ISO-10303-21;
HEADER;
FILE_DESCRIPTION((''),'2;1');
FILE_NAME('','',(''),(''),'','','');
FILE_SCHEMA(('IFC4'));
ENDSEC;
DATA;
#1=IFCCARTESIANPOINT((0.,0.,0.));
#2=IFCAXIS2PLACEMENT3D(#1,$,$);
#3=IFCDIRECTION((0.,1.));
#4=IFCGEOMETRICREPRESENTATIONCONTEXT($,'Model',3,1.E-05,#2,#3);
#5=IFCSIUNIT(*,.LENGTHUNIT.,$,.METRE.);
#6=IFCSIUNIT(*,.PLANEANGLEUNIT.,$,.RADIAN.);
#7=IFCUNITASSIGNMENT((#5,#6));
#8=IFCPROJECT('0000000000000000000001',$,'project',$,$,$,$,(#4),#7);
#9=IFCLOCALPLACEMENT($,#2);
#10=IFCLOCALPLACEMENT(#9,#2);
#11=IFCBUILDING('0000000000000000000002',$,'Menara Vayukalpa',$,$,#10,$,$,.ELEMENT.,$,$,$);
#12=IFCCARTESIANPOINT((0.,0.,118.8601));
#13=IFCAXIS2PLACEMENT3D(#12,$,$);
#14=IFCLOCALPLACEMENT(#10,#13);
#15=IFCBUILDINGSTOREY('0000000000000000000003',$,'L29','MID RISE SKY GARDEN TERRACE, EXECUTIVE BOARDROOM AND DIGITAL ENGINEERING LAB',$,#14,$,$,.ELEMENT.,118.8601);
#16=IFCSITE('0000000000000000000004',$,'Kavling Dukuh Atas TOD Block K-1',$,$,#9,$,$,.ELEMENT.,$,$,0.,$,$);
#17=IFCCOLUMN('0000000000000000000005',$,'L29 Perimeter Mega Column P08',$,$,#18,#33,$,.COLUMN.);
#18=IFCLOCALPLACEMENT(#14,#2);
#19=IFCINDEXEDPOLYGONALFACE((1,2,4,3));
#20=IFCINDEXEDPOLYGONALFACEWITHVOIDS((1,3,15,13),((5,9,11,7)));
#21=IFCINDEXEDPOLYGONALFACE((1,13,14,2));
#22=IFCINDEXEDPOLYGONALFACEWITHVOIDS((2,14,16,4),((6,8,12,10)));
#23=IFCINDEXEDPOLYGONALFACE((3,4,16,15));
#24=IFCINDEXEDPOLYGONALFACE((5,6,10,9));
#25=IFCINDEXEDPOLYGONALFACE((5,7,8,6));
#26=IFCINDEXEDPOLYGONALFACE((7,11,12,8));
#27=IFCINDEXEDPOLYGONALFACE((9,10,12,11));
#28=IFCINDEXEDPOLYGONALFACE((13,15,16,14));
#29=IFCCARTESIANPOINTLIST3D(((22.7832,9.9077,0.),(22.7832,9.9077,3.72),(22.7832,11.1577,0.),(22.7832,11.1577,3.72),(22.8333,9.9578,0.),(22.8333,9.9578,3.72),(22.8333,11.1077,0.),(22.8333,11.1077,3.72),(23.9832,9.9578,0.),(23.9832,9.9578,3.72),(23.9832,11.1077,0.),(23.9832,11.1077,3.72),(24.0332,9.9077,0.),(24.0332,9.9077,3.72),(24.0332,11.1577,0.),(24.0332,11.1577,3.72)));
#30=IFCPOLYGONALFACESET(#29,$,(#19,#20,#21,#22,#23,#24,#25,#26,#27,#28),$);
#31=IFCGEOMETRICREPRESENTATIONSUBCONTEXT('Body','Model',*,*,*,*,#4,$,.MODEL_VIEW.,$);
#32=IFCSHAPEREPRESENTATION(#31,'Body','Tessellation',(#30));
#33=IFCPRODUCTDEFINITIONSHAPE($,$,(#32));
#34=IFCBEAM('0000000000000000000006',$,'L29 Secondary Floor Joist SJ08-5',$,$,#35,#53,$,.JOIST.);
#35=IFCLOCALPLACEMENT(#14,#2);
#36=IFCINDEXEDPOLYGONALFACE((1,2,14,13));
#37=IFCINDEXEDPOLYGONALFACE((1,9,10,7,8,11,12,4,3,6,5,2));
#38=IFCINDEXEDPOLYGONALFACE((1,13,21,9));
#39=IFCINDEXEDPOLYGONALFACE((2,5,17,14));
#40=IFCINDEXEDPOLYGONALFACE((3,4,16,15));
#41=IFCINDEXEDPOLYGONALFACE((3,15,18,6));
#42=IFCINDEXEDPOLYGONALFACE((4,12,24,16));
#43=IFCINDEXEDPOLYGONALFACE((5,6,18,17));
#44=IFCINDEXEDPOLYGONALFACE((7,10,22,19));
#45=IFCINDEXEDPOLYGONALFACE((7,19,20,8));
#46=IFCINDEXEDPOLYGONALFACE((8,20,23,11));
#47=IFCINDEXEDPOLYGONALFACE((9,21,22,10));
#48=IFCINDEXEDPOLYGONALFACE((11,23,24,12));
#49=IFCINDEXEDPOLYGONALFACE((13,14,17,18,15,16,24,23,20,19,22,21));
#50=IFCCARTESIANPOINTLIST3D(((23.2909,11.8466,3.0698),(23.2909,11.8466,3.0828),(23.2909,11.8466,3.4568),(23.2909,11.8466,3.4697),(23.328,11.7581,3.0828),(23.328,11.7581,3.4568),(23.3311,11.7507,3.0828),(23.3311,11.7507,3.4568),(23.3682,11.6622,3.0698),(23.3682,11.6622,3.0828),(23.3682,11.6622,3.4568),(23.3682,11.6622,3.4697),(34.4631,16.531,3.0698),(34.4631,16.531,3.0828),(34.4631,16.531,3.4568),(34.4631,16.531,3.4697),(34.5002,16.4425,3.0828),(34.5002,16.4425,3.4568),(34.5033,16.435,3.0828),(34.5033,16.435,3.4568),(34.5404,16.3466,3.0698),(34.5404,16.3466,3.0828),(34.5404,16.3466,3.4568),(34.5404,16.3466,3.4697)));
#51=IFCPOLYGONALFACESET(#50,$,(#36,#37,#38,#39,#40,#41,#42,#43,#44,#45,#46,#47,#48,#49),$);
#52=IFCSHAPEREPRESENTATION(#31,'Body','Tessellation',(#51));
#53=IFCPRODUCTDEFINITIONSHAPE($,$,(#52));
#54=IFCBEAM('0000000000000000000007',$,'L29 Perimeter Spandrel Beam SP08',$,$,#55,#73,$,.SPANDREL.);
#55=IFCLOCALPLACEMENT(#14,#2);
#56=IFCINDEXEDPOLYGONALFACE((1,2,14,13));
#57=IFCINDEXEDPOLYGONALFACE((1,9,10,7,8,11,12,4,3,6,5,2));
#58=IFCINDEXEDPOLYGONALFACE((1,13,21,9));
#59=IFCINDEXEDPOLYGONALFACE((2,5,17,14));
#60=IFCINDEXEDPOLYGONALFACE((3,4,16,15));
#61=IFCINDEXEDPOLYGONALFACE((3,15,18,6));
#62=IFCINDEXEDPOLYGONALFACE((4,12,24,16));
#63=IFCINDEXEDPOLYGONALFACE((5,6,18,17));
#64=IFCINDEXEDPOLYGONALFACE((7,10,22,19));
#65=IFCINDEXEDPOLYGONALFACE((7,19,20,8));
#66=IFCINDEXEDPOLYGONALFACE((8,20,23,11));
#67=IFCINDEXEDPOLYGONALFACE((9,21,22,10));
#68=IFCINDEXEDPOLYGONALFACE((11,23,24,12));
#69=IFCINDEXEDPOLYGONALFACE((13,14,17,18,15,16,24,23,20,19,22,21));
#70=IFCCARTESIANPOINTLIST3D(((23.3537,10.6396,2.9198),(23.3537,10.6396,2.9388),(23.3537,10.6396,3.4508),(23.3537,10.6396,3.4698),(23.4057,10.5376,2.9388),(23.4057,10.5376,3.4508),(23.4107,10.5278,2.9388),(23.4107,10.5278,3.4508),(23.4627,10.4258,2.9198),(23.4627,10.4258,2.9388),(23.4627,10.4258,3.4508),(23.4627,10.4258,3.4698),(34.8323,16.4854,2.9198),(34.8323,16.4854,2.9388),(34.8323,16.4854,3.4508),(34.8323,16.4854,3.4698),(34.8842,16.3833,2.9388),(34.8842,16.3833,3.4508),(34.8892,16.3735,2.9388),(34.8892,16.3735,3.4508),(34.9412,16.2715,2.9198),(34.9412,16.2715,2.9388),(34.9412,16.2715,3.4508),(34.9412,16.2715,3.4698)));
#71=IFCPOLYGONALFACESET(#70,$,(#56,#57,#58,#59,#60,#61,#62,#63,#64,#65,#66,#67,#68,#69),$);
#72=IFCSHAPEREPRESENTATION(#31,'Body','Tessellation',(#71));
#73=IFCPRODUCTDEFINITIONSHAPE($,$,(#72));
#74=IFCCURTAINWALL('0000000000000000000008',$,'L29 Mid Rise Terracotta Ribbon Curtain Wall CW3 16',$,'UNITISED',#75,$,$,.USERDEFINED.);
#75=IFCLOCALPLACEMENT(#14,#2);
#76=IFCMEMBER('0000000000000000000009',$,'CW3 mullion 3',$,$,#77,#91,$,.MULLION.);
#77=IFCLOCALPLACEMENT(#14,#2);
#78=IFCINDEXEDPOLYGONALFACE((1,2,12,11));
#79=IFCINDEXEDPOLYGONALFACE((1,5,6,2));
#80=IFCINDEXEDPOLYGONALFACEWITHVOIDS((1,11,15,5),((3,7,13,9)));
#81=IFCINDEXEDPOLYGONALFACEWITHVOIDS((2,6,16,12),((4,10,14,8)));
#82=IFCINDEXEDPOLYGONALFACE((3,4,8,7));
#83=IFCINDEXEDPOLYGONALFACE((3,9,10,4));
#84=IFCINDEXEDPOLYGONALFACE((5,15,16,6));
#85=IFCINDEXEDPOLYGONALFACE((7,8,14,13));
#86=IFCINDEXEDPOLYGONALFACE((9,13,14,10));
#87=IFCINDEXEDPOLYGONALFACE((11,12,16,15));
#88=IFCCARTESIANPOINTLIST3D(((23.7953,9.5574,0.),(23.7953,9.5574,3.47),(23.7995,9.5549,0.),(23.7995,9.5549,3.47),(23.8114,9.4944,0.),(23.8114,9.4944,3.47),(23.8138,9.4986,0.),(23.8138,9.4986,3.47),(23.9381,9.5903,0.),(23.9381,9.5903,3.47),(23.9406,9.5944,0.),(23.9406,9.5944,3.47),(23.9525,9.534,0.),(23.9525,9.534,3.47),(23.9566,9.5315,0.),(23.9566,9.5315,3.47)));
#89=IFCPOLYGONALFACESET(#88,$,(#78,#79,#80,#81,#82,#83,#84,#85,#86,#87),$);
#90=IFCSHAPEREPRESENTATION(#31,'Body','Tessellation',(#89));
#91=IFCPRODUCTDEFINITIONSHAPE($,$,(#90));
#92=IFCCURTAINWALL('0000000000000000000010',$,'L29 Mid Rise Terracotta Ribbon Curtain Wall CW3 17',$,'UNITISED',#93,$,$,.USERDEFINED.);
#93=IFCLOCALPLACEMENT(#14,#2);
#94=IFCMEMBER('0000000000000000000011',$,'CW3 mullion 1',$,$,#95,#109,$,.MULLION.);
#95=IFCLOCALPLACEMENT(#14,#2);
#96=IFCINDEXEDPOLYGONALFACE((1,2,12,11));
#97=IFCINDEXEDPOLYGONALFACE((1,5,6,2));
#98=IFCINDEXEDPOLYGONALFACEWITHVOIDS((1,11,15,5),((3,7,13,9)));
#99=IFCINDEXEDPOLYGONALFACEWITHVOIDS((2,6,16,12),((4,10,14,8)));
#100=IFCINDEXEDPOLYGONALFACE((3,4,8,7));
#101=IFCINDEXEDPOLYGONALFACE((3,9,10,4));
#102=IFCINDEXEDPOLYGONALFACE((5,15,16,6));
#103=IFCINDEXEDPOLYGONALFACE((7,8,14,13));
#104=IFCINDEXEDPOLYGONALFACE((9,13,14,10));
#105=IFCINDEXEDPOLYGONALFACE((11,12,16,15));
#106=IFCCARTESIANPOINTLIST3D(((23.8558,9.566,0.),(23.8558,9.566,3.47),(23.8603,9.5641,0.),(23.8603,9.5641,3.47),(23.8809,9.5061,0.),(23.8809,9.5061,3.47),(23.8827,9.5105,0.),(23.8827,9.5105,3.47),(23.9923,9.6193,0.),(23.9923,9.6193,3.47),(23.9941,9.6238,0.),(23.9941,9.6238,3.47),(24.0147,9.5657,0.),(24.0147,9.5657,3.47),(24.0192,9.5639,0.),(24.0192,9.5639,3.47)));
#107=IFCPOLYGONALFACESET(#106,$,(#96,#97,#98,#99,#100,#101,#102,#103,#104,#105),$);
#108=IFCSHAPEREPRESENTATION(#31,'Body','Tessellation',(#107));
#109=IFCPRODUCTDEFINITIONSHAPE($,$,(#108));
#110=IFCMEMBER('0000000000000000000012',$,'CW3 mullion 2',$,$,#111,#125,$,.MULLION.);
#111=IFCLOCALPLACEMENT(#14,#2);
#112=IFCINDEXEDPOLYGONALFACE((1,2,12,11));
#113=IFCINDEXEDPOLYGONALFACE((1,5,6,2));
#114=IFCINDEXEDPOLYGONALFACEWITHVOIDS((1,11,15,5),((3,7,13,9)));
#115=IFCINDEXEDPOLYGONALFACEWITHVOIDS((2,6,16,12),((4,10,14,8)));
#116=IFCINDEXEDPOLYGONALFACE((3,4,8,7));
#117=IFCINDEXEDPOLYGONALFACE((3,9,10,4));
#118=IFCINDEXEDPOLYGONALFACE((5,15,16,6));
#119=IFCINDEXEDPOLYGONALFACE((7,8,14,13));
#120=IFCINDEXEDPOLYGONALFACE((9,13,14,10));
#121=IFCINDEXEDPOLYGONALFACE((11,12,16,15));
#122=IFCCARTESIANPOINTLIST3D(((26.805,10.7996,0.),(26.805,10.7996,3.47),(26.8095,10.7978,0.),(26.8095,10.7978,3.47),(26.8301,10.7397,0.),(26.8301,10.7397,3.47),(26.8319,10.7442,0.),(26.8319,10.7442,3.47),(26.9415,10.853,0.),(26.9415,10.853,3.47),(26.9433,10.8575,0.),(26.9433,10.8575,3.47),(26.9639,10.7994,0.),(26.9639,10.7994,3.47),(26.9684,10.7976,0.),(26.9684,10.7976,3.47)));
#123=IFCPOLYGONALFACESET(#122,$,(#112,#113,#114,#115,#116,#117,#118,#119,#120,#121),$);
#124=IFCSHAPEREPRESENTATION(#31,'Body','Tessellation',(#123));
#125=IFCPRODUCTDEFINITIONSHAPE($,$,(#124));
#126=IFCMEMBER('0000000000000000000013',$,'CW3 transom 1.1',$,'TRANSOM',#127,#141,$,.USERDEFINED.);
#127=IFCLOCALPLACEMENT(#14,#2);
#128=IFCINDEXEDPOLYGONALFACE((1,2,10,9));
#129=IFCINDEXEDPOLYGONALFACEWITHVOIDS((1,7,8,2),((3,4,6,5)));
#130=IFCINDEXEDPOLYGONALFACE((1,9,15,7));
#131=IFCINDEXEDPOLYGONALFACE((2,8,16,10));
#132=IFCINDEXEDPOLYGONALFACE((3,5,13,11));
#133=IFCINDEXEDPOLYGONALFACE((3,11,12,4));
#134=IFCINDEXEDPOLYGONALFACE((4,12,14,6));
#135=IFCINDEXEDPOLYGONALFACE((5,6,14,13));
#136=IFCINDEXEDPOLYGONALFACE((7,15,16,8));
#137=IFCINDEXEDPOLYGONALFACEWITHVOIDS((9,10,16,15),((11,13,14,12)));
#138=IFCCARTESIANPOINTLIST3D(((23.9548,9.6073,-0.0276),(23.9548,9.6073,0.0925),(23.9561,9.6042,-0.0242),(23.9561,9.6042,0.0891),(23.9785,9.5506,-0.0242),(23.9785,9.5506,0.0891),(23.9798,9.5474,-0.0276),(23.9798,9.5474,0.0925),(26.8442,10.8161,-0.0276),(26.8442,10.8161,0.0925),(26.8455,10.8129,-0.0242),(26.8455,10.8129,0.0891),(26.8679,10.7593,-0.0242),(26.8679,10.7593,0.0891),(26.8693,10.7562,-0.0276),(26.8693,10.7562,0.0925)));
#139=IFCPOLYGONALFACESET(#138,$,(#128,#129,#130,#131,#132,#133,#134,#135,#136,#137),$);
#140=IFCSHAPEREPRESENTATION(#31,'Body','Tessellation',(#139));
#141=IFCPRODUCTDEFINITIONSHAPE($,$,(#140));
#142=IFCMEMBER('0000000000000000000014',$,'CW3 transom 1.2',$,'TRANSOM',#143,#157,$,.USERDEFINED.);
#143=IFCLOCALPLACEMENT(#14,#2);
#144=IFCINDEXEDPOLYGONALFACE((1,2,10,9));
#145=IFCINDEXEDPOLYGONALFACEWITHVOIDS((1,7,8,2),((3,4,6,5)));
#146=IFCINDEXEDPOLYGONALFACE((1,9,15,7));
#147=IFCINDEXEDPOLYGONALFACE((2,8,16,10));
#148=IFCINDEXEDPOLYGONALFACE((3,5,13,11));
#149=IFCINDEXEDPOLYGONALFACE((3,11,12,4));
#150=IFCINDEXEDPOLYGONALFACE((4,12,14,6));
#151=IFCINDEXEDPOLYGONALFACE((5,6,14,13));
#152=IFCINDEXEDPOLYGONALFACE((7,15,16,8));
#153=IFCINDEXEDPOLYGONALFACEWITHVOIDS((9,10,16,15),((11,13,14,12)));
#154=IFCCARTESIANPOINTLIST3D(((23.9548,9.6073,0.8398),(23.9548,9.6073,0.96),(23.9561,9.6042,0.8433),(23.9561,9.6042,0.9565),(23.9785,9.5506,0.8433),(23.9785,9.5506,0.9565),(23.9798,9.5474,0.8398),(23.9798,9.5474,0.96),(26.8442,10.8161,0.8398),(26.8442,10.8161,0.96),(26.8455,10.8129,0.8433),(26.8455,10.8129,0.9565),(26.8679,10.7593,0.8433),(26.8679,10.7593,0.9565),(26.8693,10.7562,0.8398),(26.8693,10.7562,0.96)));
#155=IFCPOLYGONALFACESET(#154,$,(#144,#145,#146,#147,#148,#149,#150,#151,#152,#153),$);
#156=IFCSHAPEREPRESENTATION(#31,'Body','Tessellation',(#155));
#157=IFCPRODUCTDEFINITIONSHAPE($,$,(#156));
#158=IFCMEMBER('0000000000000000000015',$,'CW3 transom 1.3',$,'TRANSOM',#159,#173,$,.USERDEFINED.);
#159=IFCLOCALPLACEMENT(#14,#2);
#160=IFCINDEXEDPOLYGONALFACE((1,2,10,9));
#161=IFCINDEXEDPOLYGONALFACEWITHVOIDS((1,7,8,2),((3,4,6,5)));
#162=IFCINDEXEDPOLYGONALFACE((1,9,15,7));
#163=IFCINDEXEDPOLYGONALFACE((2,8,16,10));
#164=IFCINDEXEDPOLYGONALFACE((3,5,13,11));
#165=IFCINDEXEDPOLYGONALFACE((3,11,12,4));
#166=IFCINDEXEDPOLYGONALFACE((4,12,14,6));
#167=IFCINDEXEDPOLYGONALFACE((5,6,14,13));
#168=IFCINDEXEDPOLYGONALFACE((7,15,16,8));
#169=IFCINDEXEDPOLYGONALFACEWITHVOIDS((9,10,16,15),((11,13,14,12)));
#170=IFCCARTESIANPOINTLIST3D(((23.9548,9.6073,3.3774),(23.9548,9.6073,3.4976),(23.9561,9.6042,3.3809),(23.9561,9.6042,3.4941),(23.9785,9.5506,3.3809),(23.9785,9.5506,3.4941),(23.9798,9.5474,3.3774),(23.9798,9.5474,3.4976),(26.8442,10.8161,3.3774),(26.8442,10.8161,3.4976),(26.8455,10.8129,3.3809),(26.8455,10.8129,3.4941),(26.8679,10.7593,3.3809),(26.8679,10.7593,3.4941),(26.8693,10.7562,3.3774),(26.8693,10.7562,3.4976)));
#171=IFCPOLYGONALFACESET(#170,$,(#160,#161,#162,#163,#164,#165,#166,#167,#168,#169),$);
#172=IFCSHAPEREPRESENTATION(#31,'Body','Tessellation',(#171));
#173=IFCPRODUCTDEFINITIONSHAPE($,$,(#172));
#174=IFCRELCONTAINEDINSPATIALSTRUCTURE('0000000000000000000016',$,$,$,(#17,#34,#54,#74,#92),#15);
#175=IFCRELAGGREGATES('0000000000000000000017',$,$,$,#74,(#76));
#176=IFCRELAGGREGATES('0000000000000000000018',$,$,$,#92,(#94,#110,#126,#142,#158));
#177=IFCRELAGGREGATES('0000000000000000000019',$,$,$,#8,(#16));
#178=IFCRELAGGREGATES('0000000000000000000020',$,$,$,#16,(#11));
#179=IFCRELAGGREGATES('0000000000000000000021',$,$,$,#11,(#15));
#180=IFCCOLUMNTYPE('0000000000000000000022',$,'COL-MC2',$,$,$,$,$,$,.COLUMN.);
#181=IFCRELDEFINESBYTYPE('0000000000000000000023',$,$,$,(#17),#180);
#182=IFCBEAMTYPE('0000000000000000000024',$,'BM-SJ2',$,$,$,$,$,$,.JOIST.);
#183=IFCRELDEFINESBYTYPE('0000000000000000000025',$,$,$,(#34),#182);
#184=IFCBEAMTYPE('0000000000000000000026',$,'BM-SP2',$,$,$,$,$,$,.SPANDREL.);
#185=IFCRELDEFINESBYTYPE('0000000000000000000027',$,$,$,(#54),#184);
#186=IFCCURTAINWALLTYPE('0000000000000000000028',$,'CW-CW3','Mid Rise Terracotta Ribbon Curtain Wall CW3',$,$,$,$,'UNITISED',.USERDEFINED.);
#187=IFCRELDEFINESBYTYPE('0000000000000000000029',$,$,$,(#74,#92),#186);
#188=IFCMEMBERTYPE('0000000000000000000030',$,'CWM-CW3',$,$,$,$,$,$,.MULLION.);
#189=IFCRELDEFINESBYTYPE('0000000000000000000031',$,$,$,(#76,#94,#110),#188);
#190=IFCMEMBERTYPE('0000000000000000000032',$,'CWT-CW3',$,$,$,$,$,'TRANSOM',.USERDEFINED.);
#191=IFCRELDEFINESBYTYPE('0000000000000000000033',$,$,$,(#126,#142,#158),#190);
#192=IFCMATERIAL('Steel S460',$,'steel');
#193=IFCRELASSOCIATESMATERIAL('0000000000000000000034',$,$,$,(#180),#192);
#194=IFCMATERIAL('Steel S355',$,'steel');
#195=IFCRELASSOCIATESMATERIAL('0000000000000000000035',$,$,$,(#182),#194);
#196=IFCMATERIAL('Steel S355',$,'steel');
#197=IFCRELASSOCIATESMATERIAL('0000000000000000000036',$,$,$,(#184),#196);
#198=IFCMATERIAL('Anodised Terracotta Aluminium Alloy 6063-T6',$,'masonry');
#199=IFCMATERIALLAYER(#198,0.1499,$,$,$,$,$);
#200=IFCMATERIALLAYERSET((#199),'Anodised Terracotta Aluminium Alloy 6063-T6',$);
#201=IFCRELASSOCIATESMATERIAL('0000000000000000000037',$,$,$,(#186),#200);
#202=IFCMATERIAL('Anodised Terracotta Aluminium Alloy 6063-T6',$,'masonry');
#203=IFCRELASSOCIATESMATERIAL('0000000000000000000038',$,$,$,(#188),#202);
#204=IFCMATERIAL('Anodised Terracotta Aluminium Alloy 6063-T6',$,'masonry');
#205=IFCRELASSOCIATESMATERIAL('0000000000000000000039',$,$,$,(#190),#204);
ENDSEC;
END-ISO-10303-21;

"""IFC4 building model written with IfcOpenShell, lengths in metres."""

from ifc_helpers import new_model, si_unit, direction, frame, origin, origin_2d, place, context, subcontext, project, spatial, hollow_rectangle, i_section, extrude, material, layer, layer_set, material_profile, profile_set, type_object, element, aggregate, save


model = new_model("IFC4")

# Units and contexts
model_context = context("Model", 3, precision=1e-05, world=origin(), true_north=direction((0.0, 1.0)))
body_context = subcontext(model_context, "Body", "Model", "MODEL_VIEW")
ifc_project = project(units=[si_unit("LENGTHUNIT", "METRE"), si_unit("PLANEANGLEUNIT", "RADIAN")], contexts=[model_context])

# Site, building, storey
site_placement = place(None, origin())
site = spatial("IfcSite", under=ifc_project, at=site_placement, Name="Kavling Dukuh Atas TOD Block K-1", CompositionType="ELEMENT", RefElevation=0.0)
building_placement = place(site_placement, origin())
building = spatial("IfcBuilding", under=site, at=building_placement, Name="Menara Vayukalpa", CompositionType="ELEMENT")
storey_placement = place(building_placement, frame((0.0, 0.0, 118.8601)))
storey = spatial("IfcBuildingStorey", under=building, at=storey_placement, Name="L29", Description="MID RISE SKY GARDEN TERRACE, EXECUTIVE BOARDROOM AND DIGITAL ENGINEERING LAB", CompositionType="ELEMENT", Elevation=118.8601)

# Column
ifc_material_1 = material(Name="Steel S460", Category="steel")
ifc_material_profile_1 = material_profile(ifc_material_1, hollow_rectangle(XDim=1.25, YDim=1.25, WallThickness=0.05, at=origin_2d()), Name="BOX 1250x1250x50")
ifc_profile_set_1 = profile_set([ifc_material_profile_1], Name="Steel S460")
column_type = type_object("IfcColumnType", Name="COL-MC2", PredefinedType="COLUMN", material=ifc_profile_set_1)
column_placement = place(storey_placement, frame((23.4082, 10.5327, 0.0), z_axis=(0.0, 0.0, 1.0), x_axis=(1.0, 0.0, 0.0)))
element("IfcColumn", 1, at=column_placement, inside=storey, type_object=column_type, Name="L29 Perimeter Mega Column P08", PredefinedType="COLUMN", context=body_context, shape_type="SweptSolid", body=[
    extrude(hollow_rectangle(XDim=1.25, YDim=1.25, WallThickness=0.05, at=origin_2d()), origin(), (0.0, 0.0, 1.0), 3.72),
])

# Beams
ifc_material_2 = material(Name="Steel S355", Category="steel")
ifc_material_profile_2 = material_profile(ifc_material_2, i_section(OverallWidth=0.2, OverallDepth=0.3999, WebThickness=0.0081, FlangeThickness=0.0129, at=origin_2d()), Name="WF 400x200x8x13")
ifc_profile_set_2 = profile_set([ifc_material_profile_2], Name="Steel S355")
beam_type_1 = type_object("IfcBeamType", Name="BM-SJ2", PredefinedType="JOIST", material=ifc_profile_set_2)
beam_1_placement = place(storey_placement, frame((23.3296, 11.7544, 3.2698), z_axis=(0.922217, 0.386674, 0.0), x_axis=(-0.386674, 0.922217, 0.0)))
element("IfcBeam", 2, at=beam_1_placement, inside=storey, type_object=beam_type_1, Name="L29 Secondary Floor Joist SJ08-5", PredefinedType="JOIST", context=body_context, shape_type="SweptSolid", body=[
    extrude(i_section(OverallWidth=0.2, OverallDepth=0.3999, WebThickness=0.0081, FlangeThickness=0.0129, at=origin_2d()), origin(), (0.0, 0.0, 1.0), 12.1145),
])
ifc_material_3 = material(Name="Steel S355", Category="steel")
ifc_material_profile_3 = material_profile(ifc_material_3, i_section(OverallWidth=0.24, OverallDepth=0.55, WebThickness=0.011, FlangeThickness=0.019, at=origin_2d()), Name="WF 550x240x11x19")
ifc_profile_set_3 = profile_set([ifc_material_profile_3], Name="Steel S355")
beam_type_2 = type_object("IfcBeamType", Name="BM-SP2", PredefinedType="SPANDREL", material=ifc_profile_set_3)
beam_2_placement = place(storey_placement, frame((23.4082, 10.5327, 3.1948), z_axis=(0.891097, 0.453812, 0.0), x_axis=(-0.453812, 0.891097, 0.0)))
element("IfcBeam", 3, at=beam_2_placement, inside=storey, type_object=beam_type_2, Name="L29 Perimeter Spandrel Beam SP08", PredefinedType="SPANDREL", context=body_context, shape_type="SweptSolid", body=[
    extrude(i_section(OverallWidth=0.24, OverallDepth=0.55, WebThickness=0.011, FlangeThickness=0.019, at=origin_2d()), origin(), (0.0, 0.0, 1.0), 12.8813),
])

# Curtain wall, member
ifc_material_4 = material(Name="Anodised Terracotta Aluminium Alloy 6063-T6", Category="masonry")
ifc_layer_1 = layer(ifc_material_4, 0.1499)
ifc_layer_set_1 = layer_set([ifc_layer_1], Name="Anodised Terracotta Aluminium Alloy 6063-T6")
curtain_wall_type = type_object("IfcCurtainWallType", Name="CW-CW3", Description="Mid Rise Terracotta Ribbon Curtain Wall CW3", ElementType="UNITISED", PredefinedType="USERDEFINED", material=ifc_layer_set_1)
curtain_wall_1_placement = place(storey_placement, origin())
curtain_wall_1 = element("IfcCurtainWall", 4, at=curtain_wall_1_placement, inside=storey, type_object=curtain_wall_type, Name="L29 Mid Rise Terracotta Ribbon Curtain Wall CW3 16", ObjectType="UNITISED", PredefinedType="USERDEFINED")
ifc_material_5 = material(Name="Anodised Terracotta Aluminium Alloy 6063-T6", Category="masonry")
ifc_material_profile_4 = material_profile(ifc_material_5, hollow_rectangle(XDim=0.0649, YDim=0.1499, WallThickness=0.0034, at=origin_2d()), Name="ALU 65x150x3.5")
ifc_profile_set_4 = profile_set([ifc_material_profile_4], Name="Anodised Terracotta Aluminium Alloy 6063-T6")
member_type_1 = type_object("IfcMemberType", Name="CWM-CW3", PredefinedType="MULLION", material=ifc_profile_set_4)
member_1_placement = place(storey_placement, frame((23.876, 9.5444, 0.0), z_axis=(0.0, 0.0, 1.0), x_axis=(-0.247131, 0.968982, 0.0)))
member_1 = element("IfcMember", 5, at=member_1_placement, type_object=member_type_1, Name="CW3 mullion 3", PredefinedType="MULLION", context=body_context, shape_type="SweptSolid", body=[
    extrude(hollow_rectangle(XDim=0.0649, YDim=0.1499, WallThickness=0.0034, at=origin_2d()), origin(), (0.0, 0.0, 1.0), 3.47),
])
aggregate(curtain_wall_1, [member_1])

# Curtain wall, members
curtain_wall_2_placement = place(storey_placement, origin())
curtain_wall_2 = element("IfcCurtainWall", 6, at=curtain_wall_2_placement, inside=storey, type_object=curtain_wall_type, Name="L29 Mid Rise Terracotta Ribbon Curtain Wall CW3 17", ObjectType="UNITISED", PredefinedType="USERDEFINED")
member_2_placement = place(storey_placement, frame((23.9375, 9.5649, 0.0), z_axis=(0.0, 0.0, 1.0), x_axis=(-0.385894, 0.922543, 0.0)))
member_2 = element("IfcMember", 7, at=member_2_placement, type_object=member_type_1, Name="CW3 mullion 1", PredefinedType="MULLION", context=body_context, shape_type="SweptSolid", body=[
    extrude(hollow_rectangle(XDim=0.0649, YDim=0.1499, WallThickness=0.0034, at=origin_2d()), origin(), (0.0, 0.0, 1.0), 3.47),
])
member_3_placement = place(storey_placement, frame((26.8867, 10.7986, 0.0), z_axis=(0.0, 0.0, 1.0), x_axis=(-0.385894, 0.922543, 0.0)))
member_3 = element("IfcMember", 8, at=member_3_placement, type_object=member_type_1, Name="CW3 mullion 2", PredefinedType="MULLION", context=body_context, shape_type="SweptSolid", body=[
    extrude(hollow_rectangle(XDim=0.0649, YDim=0.1499, WallThickness=0.0034, at=origin_2d()), origin(), (0.0, 0.0, 1.0), 3.47),
])
ifc_material_6 = material(Name="Anodised Terracotta Aluminium Alloy 6063-T6", Category="masonry")
ifc_material_profile_5 = material_profile(ifc_material_6, hollow_rectangle(XDim=0.0649, YDim=0.1201, WallThickness=0.0034, at=origin_2d()), Name="ALU 65x120x3.5")
ifc_profile_set_5 = profile_set([ifc_material_profile_5], Name="Anodised Terracotta Aluminium Alloy 6063-T6")
member_type_2 = type_object("IfcMemberType", Name="CWT-CW3", ElementType="TRANSOM", PredefinedType="USERDEFINED", material=ifc_profile_set_5)
member_4_placement = place(storey_placement, frame((23.9673, 9.5774, 0.0325), z_axis=(0.922529, 0.385927, 0.0), x_axis=(-0.385927, 0.922529, 0.0)))
member_4 = element("IfcMember", 9, at=member_4_placement, type_object=member_type_2, Name="CW3 transom 1.1", ObjectType="TRANSOM", PredefinedType="USERDEFINED", context=body_context, shape_type="SweptSolid", body=[
    extrude(hollow_rectangle(XDim=0.0649, YDim=0.1201, WallThickness=0.0034, at=origin_2d()), origin(), (0.0, 0.0, 1.0), 3.1321),
])
member_5_placement = place(storey_placement, frame((23.9673, 9.5774, 0.8999), z_axis=(0.922529, 0.385927, 0.0), x_axis=(-0.385927, 0.922529, 0.0)))
member_5 = element("IfcMember", 10, at=member_5_placement, type_object=member_type_2, Name="CW3 transom 1.2", ObjectType="TRANSOM", PredefinedType="USERDEFINED", context=body_context, shape_type="SweptSolid", body=[
    extrude(hollow_rectangle(XDim=0.0649, YDim=0.1201, WallThickness=0.0034, at=origin_2d()), origin(), (0.0, 0.0, 1.0), 3.1321),
])
member_6_placement = place(storey_placement, frame((23.9673, 9.5774, 3.4375), z_axis=(0.922529, 0.385927, 0.0), x_axis=(-0.385927, 0.922529, 0.0)))
member_6 = element("IfcMember", 11, at=member_6_placement, type_object=member_type_2, Name="CW3 transom 1.3", ObjectType="TRANSOM", PredefinedType="USERDEFINED", context=body_context, shape_type="SweptSolid", body=[
    extrude(hollow_rectangle(XDim=0.0649, YDim=0.1201, WallThickness=0.0034, at=origin_2d()), origin(), (0.0, 0.0, 1.0), 3.1321),
])
aggregate(curtain_wall_2, [member_2, member_3, member_4, member_5, member_6])

save(model, "model.ifc")
